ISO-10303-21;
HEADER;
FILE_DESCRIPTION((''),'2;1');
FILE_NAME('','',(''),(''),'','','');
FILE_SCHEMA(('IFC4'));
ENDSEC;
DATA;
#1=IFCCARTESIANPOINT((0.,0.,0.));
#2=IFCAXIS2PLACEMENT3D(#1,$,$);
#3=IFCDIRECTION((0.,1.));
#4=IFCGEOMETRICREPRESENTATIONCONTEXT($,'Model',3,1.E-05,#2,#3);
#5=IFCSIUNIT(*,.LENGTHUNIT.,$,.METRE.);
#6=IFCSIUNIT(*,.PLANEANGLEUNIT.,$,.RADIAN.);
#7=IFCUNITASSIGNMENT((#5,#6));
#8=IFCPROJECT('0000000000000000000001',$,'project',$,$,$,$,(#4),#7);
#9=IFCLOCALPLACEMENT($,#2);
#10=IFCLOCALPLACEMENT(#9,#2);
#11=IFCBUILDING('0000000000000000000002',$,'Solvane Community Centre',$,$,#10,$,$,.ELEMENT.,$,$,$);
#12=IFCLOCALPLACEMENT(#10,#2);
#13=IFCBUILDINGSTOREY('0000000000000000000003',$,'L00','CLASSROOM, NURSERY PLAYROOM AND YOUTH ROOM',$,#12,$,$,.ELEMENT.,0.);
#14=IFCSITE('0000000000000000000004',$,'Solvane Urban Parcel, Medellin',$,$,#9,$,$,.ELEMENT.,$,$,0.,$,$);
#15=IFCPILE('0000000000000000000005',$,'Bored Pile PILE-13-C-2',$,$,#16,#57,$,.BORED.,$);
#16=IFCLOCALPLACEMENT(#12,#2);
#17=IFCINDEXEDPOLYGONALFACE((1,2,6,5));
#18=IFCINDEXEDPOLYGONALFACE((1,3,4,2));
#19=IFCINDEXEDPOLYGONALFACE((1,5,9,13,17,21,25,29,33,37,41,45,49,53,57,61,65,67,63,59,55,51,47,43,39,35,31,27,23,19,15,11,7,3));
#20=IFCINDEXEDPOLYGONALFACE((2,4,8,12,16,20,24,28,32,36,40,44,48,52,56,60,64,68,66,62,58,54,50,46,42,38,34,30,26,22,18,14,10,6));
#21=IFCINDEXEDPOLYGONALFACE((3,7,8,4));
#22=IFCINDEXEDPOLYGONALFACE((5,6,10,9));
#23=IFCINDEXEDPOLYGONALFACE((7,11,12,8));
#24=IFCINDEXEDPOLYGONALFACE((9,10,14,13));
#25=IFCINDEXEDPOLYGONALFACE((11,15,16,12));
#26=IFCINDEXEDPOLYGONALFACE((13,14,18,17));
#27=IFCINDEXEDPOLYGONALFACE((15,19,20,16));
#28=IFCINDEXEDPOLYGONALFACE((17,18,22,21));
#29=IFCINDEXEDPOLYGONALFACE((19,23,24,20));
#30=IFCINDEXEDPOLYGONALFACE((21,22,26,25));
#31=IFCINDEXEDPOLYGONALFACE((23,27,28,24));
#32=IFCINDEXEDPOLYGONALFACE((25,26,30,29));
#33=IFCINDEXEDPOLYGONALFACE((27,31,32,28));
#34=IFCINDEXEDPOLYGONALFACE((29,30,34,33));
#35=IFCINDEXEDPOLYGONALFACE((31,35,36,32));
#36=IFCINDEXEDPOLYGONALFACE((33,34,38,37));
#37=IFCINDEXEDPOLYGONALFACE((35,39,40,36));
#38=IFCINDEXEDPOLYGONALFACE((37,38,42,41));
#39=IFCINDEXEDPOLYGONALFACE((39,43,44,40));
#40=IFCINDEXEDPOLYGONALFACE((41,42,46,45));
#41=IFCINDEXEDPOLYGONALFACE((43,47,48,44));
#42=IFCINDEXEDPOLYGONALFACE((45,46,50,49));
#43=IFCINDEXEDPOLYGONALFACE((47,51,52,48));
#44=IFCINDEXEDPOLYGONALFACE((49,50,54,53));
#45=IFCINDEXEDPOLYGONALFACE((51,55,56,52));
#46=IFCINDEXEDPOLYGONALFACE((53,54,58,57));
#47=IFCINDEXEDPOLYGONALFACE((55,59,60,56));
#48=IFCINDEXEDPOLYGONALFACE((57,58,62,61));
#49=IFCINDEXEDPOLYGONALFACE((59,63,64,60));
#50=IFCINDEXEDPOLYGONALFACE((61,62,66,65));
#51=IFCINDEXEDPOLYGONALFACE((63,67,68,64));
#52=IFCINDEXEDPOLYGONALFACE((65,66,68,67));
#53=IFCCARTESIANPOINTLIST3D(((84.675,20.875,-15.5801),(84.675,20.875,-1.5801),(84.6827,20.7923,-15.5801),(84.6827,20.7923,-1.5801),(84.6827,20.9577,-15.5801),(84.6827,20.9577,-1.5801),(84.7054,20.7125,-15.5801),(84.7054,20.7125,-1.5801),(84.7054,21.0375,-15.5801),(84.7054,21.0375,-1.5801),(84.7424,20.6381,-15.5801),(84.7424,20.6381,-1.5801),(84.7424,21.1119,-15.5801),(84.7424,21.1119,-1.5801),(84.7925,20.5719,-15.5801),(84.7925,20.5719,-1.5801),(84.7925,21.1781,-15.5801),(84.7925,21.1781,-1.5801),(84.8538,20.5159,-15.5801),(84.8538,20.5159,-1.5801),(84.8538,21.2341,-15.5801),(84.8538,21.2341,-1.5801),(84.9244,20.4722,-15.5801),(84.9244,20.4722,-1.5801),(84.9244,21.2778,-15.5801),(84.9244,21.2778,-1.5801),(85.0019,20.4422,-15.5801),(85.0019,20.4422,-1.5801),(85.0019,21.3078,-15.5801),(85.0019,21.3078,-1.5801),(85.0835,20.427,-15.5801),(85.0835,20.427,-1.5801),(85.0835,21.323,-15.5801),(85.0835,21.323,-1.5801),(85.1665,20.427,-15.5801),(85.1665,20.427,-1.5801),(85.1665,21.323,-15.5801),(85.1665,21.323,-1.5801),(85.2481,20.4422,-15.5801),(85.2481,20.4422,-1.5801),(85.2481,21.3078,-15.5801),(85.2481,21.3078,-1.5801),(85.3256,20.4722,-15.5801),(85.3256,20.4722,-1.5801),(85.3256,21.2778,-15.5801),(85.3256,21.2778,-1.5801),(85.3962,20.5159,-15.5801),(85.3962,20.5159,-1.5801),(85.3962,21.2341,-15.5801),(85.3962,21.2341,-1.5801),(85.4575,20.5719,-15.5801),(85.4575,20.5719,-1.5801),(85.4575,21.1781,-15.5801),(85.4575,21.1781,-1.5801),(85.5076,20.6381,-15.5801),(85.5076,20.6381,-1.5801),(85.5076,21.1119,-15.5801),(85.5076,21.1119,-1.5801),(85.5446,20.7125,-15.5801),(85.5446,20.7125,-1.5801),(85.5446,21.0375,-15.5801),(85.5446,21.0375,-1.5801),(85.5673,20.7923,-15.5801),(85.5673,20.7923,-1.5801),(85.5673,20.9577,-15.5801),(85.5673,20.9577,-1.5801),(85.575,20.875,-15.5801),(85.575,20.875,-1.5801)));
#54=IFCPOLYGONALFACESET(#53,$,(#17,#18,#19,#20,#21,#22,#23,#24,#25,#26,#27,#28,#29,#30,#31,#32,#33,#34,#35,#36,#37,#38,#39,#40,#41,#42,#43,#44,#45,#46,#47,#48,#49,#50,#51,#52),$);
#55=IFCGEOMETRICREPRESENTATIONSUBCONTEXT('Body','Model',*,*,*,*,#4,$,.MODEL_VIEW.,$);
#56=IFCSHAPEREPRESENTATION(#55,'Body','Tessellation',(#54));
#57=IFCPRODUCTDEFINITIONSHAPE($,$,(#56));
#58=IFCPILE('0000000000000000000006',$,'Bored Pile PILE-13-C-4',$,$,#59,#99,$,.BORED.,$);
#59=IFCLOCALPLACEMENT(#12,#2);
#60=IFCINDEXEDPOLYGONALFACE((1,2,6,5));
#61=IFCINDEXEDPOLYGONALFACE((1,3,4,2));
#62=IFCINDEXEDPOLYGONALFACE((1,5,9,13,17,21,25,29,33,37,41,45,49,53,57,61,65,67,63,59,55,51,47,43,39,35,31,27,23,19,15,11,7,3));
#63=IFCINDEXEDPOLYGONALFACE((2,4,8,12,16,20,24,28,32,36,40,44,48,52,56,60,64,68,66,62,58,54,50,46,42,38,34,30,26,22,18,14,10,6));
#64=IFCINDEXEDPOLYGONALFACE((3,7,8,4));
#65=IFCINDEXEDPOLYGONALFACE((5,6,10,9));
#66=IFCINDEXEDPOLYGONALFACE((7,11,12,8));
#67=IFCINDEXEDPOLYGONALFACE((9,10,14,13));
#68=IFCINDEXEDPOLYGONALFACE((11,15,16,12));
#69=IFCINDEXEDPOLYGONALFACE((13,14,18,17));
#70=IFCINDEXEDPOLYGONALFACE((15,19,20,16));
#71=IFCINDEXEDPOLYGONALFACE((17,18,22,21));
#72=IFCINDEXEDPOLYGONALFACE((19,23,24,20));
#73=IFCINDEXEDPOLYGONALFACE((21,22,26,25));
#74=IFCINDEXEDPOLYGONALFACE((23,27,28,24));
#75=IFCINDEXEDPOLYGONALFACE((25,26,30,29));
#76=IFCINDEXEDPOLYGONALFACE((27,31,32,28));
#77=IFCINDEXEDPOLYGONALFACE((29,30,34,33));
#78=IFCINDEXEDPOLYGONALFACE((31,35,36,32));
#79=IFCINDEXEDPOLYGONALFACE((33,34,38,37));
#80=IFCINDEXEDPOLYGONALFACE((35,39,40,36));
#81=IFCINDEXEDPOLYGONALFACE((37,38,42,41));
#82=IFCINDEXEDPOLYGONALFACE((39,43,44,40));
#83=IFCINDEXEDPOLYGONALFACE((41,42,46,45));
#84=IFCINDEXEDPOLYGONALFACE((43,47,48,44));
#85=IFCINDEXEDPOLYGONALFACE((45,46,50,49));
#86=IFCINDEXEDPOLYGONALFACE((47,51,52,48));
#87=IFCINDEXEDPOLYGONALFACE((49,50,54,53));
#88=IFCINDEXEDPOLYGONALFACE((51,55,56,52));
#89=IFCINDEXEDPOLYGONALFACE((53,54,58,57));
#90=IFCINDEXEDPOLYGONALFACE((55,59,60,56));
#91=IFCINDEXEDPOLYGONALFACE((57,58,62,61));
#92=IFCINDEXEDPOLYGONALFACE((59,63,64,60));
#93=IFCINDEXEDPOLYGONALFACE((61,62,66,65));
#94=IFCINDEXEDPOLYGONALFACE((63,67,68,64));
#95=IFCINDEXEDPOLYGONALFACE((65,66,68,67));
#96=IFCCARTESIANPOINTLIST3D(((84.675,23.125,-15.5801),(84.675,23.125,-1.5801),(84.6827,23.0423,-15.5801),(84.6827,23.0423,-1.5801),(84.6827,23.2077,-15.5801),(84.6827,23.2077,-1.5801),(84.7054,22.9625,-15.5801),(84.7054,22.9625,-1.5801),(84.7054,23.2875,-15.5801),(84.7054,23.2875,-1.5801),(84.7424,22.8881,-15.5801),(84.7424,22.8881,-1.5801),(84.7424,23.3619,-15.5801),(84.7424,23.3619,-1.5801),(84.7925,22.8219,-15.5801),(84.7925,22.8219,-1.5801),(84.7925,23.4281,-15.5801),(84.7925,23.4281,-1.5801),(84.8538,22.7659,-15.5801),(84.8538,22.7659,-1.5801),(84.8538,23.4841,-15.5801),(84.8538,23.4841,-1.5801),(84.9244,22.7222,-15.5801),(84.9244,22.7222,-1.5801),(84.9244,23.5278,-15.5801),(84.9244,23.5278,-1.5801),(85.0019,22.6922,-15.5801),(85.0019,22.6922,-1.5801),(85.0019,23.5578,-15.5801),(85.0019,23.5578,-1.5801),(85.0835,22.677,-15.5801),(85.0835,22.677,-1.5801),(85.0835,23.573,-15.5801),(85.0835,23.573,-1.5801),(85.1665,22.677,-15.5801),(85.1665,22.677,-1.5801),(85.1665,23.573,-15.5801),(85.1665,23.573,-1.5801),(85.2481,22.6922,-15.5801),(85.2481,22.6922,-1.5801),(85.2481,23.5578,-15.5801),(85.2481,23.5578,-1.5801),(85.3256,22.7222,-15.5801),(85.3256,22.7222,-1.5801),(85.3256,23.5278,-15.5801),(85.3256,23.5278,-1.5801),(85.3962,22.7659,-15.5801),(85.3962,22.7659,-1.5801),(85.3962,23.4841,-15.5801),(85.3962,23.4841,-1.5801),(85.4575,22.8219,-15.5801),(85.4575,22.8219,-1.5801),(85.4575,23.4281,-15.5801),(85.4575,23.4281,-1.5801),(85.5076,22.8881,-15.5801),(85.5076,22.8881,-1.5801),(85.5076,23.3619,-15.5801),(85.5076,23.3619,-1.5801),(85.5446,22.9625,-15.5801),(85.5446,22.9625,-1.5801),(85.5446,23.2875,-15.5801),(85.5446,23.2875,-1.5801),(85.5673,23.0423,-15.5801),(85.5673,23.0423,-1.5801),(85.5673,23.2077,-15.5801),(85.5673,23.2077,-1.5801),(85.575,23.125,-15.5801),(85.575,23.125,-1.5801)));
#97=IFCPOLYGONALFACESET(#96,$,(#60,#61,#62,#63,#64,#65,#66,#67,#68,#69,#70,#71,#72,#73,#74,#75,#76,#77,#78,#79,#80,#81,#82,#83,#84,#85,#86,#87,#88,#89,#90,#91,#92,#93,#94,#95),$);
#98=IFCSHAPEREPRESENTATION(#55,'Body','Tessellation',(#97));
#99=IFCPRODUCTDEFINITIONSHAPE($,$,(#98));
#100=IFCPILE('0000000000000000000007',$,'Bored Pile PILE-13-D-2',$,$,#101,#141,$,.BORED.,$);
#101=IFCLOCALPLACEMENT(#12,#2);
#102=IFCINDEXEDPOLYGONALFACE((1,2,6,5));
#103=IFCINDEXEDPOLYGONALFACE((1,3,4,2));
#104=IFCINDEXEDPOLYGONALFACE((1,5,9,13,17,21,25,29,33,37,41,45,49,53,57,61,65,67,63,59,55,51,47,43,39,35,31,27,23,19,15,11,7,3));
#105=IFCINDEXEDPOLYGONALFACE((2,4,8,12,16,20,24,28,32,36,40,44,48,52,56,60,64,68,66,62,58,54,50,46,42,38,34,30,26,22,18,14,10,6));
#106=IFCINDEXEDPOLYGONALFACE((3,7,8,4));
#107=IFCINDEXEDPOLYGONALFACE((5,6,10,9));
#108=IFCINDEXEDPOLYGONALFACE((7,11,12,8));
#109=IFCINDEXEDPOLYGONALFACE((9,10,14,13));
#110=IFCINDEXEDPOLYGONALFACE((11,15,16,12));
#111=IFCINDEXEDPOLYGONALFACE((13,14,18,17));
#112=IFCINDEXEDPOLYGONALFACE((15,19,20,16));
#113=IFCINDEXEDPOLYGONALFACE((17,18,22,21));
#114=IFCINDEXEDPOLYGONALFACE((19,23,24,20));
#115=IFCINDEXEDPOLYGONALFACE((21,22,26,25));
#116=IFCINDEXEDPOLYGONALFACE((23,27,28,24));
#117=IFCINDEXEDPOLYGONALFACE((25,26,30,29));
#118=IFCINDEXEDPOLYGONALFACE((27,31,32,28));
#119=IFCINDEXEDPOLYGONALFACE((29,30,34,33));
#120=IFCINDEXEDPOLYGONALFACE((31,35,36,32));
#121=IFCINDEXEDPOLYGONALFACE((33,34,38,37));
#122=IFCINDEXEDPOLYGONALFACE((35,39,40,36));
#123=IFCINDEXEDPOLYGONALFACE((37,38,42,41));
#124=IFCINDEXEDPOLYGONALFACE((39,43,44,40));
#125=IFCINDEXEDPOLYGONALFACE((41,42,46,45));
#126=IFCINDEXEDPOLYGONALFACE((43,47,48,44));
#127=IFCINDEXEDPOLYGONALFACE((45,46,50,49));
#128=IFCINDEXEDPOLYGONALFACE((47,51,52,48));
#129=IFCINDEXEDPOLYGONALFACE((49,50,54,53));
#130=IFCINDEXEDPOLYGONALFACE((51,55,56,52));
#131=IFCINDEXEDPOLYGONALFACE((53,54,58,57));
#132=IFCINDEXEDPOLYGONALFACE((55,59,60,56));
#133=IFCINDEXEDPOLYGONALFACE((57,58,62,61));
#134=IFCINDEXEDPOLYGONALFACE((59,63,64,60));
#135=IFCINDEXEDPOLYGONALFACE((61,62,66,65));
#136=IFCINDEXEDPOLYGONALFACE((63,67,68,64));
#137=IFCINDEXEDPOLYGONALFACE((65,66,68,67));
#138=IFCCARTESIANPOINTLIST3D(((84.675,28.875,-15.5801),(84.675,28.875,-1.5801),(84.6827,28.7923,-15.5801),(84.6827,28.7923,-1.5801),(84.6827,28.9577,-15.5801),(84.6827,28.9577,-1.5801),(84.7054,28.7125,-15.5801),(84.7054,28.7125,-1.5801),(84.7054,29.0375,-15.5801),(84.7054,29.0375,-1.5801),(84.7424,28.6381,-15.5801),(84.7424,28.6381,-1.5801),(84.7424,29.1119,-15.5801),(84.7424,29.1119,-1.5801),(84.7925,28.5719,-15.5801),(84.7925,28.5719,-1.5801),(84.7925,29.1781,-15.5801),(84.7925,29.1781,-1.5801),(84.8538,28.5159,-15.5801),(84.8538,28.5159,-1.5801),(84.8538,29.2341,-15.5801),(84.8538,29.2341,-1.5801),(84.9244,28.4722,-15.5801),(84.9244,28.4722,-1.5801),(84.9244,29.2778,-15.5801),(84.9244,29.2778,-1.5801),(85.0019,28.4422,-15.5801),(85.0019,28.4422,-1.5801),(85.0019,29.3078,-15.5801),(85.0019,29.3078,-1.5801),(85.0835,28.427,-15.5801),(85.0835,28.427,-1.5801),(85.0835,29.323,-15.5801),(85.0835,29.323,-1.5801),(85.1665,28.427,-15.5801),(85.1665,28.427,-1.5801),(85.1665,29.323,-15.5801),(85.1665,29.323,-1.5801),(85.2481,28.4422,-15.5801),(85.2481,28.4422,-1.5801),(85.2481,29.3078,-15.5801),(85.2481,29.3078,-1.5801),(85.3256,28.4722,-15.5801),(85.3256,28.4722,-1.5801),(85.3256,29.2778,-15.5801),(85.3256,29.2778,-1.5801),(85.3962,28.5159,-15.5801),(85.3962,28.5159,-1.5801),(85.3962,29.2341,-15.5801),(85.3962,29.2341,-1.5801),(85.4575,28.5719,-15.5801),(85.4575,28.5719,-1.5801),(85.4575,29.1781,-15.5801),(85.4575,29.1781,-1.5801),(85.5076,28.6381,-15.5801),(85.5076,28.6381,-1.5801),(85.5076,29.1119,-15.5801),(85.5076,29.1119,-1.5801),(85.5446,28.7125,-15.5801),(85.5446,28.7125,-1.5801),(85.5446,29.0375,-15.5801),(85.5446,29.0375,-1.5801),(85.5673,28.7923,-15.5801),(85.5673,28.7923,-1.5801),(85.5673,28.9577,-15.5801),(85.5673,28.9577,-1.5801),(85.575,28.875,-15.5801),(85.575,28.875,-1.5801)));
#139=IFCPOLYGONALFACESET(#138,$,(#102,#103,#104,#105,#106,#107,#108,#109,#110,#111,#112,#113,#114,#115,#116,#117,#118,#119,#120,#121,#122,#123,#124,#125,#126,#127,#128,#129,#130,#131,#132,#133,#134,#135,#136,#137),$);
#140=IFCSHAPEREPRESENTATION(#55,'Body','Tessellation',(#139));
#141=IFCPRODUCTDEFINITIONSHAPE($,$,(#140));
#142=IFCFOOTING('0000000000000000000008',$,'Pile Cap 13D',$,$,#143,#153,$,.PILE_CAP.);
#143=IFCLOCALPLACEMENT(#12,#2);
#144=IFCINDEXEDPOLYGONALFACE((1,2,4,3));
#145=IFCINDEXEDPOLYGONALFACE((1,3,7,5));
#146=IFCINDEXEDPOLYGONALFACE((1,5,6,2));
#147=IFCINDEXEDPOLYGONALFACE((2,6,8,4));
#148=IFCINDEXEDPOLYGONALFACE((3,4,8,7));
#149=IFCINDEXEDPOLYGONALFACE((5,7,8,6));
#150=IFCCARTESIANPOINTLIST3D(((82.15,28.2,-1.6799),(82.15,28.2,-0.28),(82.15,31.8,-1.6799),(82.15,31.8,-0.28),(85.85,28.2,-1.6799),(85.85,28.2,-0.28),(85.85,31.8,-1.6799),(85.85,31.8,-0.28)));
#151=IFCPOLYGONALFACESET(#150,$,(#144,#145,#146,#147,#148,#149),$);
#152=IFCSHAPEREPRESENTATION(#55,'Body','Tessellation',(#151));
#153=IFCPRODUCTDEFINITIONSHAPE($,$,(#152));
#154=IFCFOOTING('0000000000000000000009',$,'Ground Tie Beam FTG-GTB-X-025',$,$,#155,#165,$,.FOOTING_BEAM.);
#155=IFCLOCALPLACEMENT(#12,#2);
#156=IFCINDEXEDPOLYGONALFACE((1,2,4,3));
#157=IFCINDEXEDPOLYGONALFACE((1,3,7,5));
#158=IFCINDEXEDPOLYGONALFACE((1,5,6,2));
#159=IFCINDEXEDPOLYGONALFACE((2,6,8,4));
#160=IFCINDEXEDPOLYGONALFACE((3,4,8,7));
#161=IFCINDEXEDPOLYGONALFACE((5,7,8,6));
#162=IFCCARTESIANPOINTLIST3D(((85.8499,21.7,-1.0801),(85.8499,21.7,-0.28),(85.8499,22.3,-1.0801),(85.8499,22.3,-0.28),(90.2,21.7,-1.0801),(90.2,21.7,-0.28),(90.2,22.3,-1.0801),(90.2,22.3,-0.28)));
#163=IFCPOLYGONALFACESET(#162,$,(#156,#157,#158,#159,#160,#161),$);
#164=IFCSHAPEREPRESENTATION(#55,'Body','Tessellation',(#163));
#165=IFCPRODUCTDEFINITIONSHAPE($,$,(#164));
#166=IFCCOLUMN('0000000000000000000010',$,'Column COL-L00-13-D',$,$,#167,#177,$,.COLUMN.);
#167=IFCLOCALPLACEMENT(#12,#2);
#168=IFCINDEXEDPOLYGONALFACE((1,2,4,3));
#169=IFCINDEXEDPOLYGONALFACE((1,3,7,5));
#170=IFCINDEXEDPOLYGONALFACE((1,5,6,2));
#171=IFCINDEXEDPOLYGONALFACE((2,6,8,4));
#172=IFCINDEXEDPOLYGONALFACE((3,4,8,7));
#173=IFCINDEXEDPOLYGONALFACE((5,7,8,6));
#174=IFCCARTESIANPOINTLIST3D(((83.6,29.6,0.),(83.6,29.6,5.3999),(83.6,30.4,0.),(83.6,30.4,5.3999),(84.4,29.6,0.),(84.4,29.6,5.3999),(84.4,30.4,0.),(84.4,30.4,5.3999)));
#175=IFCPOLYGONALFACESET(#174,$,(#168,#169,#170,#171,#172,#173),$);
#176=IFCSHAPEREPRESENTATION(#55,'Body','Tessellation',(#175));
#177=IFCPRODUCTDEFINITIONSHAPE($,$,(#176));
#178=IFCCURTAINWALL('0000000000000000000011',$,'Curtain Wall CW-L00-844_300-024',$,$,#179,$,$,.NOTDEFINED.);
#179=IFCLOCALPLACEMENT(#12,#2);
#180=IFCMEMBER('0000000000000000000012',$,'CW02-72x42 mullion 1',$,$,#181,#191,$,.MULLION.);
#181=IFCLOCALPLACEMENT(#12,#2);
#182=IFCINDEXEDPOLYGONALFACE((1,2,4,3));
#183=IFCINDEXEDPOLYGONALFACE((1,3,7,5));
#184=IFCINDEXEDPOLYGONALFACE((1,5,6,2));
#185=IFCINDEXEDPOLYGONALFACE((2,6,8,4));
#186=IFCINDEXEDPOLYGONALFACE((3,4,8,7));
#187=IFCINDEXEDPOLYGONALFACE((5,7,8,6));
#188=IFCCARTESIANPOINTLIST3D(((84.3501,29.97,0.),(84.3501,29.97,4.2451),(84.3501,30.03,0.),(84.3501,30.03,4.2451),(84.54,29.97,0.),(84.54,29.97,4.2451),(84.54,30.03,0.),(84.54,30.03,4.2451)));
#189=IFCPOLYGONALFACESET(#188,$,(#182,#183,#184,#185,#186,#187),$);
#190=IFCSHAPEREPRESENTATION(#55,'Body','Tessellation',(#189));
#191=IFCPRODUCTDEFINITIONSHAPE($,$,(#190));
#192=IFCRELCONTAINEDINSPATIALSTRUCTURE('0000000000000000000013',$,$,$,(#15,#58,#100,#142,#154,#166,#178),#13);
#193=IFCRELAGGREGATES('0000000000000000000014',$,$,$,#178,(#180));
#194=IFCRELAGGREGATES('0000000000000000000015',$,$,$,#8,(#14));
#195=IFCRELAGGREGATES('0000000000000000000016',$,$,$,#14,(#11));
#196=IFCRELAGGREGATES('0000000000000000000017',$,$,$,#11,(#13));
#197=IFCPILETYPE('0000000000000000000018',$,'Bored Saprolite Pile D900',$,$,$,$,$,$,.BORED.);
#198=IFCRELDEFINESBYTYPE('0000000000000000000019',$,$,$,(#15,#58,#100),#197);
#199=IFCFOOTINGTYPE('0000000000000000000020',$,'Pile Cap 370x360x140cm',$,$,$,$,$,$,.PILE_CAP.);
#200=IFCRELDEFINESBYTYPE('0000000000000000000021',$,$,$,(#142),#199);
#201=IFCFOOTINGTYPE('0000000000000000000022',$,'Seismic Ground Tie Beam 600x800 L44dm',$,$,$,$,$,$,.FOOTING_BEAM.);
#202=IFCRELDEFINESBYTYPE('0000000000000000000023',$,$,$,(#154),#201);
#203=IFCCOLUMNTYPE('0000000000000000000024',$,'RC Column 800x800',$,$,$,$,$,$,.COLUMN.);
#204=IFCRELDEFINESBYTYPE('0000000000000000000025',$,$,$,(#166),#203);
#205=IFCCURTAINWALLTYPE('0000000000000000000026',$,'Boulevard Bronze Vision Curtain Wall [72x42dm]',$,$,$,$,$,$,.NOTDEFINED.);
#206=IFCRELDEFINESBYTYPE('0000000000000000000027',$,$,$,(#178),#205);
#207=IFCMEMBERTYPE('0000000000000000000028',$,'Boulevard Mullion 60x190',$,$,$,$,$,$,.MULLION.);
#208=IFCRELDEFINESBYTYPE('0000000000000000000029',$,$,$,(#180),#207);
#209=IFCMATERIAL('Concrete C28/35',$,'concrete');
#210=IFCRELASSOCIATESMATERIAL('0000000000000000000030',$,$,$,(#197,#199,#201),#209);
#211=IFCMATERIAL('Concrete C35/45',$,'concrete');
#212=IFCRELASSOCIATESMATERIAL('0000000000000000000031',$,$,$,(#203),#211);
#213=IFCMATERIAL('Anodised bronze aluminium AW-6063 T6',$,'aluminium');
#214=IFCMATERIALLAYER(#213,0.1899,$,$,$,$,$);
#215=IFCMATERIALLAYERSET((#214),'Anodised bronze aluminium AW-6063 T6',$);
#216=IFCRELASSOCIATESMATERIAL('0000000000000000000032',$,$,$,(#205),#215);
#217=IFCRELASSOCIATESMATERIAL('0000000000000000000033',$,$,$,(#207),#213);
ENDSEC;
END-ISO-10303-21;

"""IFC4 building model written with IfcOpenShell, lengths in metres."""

from ifc_helpers import new_model, si_unit, direction, frame, origin, origin_2d, place, context, subcontext, project, spatial, rectangle, circle, extrude, material, layer, layer_set, material_profile, profile_set, type_object, element, aggregate, save


model = new_model("IFC4")

# Units and contexts
model_context = context("Model", 3, precision=1e-05, world=origin(), true_north=direction((0.0, 1.0)))
body_context = subcontext(model_context, "Body", "Model", "MODEL_VIEW")
ifc_project = project(units=[si_unit("LENGTHUNIT", "METRE"), si_unit("PLANEANGLEUNIT", "RADIAN")], contexts=[model_context])

# Site, building, storey
site_placement = place(None, origin())
site = spatial("IfcSite", under=ifc_project, at=site_placement, Name="Solvane Urban Parcel, Medellin", CompositionType="ELEMENT", RefElevation=0.0)
building_placement = place(site_placement, origin())
building = spatial("IfcBuilding", under=site, at=building_placement, Name="Solvane Community Centre", CompositionType="ELEMENT")
storey_placement = place(building_placement, origin())
storey = spatial("IfcBuildingStorey", under=building, at=storey_placement, Name="L00", Description="CLASSROOM, NURSERY PLAYROOM AND YOUTH ROOM", CompositionType="ELEMENT", Elevation=0.0)

# Piles
ifc_material_1 = material(Name="Concrete C28/35", Category="concrete")
ifc_material_profile_1 = material_profile(ifc_material_1, circle(Radius=0.45, at=origin_2d()), Name="PILE D900")
ifc_profile_set_1 = profile_set([ifc_material_profile_1], Name="Concrete C28/35")
pile_type = type_object("IfcPileType", Name="Bored Saprolite Pile D900", PredefinedType="BORED", material=ifc_profile_set_1)
for number, where, z_axis, x_axis, name in (
    (1, (85.125, 20.875, -1.5801), (0.0, 0.0, -1.0), (1.0, 0.0, 0.0), "Bored Pile PILE-13-C-2"),
    (2, (85.125, 23.125, -1.5801), (0.0, 0.0, -1.0), (1.0, 0.0, 0.0), "Bored Pile PILE-13-C-4"),
    (3, (85.125, 28.875, -1.5801), (0.0, 0.0, -1.0), (1.0, 0.0, 0.0), "Bored Pile PILE-13-D-2"),
):
    element("IfcPile", number, at=place(storey_placement, frame(where, z_axis=z_axis, x_axis=x_axis)), inside=storey, type_object=pile_type, Name=name, PredefinedType="BORED", context=body_context, shape_type="SweptSolid", body=[
        extrude(circle(Radius=0.45, at=origin_2d()), origin(), (0.0, 0.0, 1.0), 14.0),
    ])

# Footings
footing_type_1 = type_object("IfcFootingType", Name="Pile Cap 370x360x140cm", PredefinedType="PILE_CAP", material=ifc_material_1)
footing_1_placement = place(storey_placement, frame((84.0, 30.0, -1.6799), z_axis=(0.0, 0.0, 1.0), x_axis=(1.0, 0.0, 0.0)))
element("IfcFooting", 4, at=footing_1_placement, inside=storey, type_object=footing_type_1, Name="Pile Cap 13D", PredefinedType="PILE_CAP", context=body_context, shape_type="SweptSolid", body=[
    extrude(rectangle(XDim=3.7, YDim=3.6001, at=origin_2d()), origin(), (0.0, 0.0, 1.0), 1.3999),
])
footing_type_2 = type_object("IfcFootingType", Name="Seismic Ground Tie Beam 600x800 L44dm", PredefinedType="FOOTING_BEAM", material=ifc_material_1)
footing_2_placement = place(storey_placement, frame((88.0249, 22.0, -1.0801), z_axis=(0.0, 0.0, 1.0), x_axis=(1.0, 0.0, 0.0)))
element("IfcFooting", 5, at=footing_2_placement, inside=storey, type_object=footing_type_2, Name="Ground Tie Beam FTG-GTB-X-025", PredefinedType="FOOTING_BEAM", context=body_context, shape_type="SweptSolid", body=[
    extrude(rectangle(XDim=4.3501, YDim=0.6001, at=origin_2d()), origin(), (0.0, 0.0, 1.0), 0.8),
])

# Column
ifc_material_2 = material(Name="Concrete C35/45", Category="concrete")
ifc_material_profile_2 = material_profile(ifc_material_2, rectangle(XDim=0.8, YDim=0.8, at=origin_2d()), Name="RC 800x800")
ifc_profile_set_2 = profile_set([ifc_material_profile_2], Name="Concrete C35/45")
column_type = type_object("IfcColumnType", Name="RC Column 800x800", PredefinedType="COLUMN", material=ifc_profile_set_2)
column_placement = place(storey_placement, frame((84.0, 30.0, 0.0), z_axis=(0.0, 0.0, 1.0), x_axis=(1.0, 0.0, 0.0)))
element("IfcColumn", 6, at=column_placement, inside=storey, type_object=column_type, Name="Column COL-L00-13-D", PredefinedType="COLUMN", context=body_context, shape_type="SweptSolid", body=[
    extrude(rectangle(XDim=0.8, YDim=0.8, at=origin_2d()), origin(), (0.0, 0.0, 1.0), 5.3999),
])

# Curtain wall, member
ifc_material_3 = material(Name="Anodised bronze aluminium AW-6063 T6", Category="aluminium")
ifc_layer_1 = layer(ifc_material_3, 0.1899)
ifc_layer_set_1 = layer_set([ifc_layer_1], Name="Anodised bronze aluminium AW-6063 T6")
curtain_wall_type = type_object("IfcCurtainWallType", Name="Boulevard Bronze Vision Curtain Wall [72x42dm]", PredefinedType="NOTDEFINED", material=ifc_layer_set_1)
curtain_wall_placement = place(storey_placement, origin())
curtain_wall = element("IfcCurtainWall", 7, at=curtain_wall_placement, inside=storey, type_object=curtain_wall_type, Name="Curtain Wall CW-L00-844_300-024", PredefinedType="NOTDEFINED")
ifc_material_profile_3 = material_profile(ifc_material_3, rectangle(XDim=0.0601, YDim=0.1899, at=origin_2d()), Name="CW-M 60x190")
ifc_profile_set_3 = profile_set([ifc_material_profile_3], Name="Anodised bronze aluminium AW-6063 T6")
member_type_1 = type_object("IfcMemberType", Name="Boulevard Mullion 60x190", PredefinedType="MULLION", material=ifc_profile_set_3)
member_1_placement = place(storey_placement, frame((84.4451, 30.0, 0.0), z_axis=(0.0, 0.0, 1.0), x_axis=(0.0, 1.0, 0.0)))
member_1 = element("IfcMember", 8, at=member_1_placement, type_object=member_type_1, Name="CW02-72x42 mullion 1", PredefinedType="MULLION", context=body_context, shape_type="SweptSolid", body=[
    extrude(rectangle(XDim=0.0601, YDim=0.1899, at=origin_2d()), origin(), (0.0, 0.0, 1.0), 4.2451),
])
aggregate(curtain_wall, [member_1])

save(model, "model.ifc")
